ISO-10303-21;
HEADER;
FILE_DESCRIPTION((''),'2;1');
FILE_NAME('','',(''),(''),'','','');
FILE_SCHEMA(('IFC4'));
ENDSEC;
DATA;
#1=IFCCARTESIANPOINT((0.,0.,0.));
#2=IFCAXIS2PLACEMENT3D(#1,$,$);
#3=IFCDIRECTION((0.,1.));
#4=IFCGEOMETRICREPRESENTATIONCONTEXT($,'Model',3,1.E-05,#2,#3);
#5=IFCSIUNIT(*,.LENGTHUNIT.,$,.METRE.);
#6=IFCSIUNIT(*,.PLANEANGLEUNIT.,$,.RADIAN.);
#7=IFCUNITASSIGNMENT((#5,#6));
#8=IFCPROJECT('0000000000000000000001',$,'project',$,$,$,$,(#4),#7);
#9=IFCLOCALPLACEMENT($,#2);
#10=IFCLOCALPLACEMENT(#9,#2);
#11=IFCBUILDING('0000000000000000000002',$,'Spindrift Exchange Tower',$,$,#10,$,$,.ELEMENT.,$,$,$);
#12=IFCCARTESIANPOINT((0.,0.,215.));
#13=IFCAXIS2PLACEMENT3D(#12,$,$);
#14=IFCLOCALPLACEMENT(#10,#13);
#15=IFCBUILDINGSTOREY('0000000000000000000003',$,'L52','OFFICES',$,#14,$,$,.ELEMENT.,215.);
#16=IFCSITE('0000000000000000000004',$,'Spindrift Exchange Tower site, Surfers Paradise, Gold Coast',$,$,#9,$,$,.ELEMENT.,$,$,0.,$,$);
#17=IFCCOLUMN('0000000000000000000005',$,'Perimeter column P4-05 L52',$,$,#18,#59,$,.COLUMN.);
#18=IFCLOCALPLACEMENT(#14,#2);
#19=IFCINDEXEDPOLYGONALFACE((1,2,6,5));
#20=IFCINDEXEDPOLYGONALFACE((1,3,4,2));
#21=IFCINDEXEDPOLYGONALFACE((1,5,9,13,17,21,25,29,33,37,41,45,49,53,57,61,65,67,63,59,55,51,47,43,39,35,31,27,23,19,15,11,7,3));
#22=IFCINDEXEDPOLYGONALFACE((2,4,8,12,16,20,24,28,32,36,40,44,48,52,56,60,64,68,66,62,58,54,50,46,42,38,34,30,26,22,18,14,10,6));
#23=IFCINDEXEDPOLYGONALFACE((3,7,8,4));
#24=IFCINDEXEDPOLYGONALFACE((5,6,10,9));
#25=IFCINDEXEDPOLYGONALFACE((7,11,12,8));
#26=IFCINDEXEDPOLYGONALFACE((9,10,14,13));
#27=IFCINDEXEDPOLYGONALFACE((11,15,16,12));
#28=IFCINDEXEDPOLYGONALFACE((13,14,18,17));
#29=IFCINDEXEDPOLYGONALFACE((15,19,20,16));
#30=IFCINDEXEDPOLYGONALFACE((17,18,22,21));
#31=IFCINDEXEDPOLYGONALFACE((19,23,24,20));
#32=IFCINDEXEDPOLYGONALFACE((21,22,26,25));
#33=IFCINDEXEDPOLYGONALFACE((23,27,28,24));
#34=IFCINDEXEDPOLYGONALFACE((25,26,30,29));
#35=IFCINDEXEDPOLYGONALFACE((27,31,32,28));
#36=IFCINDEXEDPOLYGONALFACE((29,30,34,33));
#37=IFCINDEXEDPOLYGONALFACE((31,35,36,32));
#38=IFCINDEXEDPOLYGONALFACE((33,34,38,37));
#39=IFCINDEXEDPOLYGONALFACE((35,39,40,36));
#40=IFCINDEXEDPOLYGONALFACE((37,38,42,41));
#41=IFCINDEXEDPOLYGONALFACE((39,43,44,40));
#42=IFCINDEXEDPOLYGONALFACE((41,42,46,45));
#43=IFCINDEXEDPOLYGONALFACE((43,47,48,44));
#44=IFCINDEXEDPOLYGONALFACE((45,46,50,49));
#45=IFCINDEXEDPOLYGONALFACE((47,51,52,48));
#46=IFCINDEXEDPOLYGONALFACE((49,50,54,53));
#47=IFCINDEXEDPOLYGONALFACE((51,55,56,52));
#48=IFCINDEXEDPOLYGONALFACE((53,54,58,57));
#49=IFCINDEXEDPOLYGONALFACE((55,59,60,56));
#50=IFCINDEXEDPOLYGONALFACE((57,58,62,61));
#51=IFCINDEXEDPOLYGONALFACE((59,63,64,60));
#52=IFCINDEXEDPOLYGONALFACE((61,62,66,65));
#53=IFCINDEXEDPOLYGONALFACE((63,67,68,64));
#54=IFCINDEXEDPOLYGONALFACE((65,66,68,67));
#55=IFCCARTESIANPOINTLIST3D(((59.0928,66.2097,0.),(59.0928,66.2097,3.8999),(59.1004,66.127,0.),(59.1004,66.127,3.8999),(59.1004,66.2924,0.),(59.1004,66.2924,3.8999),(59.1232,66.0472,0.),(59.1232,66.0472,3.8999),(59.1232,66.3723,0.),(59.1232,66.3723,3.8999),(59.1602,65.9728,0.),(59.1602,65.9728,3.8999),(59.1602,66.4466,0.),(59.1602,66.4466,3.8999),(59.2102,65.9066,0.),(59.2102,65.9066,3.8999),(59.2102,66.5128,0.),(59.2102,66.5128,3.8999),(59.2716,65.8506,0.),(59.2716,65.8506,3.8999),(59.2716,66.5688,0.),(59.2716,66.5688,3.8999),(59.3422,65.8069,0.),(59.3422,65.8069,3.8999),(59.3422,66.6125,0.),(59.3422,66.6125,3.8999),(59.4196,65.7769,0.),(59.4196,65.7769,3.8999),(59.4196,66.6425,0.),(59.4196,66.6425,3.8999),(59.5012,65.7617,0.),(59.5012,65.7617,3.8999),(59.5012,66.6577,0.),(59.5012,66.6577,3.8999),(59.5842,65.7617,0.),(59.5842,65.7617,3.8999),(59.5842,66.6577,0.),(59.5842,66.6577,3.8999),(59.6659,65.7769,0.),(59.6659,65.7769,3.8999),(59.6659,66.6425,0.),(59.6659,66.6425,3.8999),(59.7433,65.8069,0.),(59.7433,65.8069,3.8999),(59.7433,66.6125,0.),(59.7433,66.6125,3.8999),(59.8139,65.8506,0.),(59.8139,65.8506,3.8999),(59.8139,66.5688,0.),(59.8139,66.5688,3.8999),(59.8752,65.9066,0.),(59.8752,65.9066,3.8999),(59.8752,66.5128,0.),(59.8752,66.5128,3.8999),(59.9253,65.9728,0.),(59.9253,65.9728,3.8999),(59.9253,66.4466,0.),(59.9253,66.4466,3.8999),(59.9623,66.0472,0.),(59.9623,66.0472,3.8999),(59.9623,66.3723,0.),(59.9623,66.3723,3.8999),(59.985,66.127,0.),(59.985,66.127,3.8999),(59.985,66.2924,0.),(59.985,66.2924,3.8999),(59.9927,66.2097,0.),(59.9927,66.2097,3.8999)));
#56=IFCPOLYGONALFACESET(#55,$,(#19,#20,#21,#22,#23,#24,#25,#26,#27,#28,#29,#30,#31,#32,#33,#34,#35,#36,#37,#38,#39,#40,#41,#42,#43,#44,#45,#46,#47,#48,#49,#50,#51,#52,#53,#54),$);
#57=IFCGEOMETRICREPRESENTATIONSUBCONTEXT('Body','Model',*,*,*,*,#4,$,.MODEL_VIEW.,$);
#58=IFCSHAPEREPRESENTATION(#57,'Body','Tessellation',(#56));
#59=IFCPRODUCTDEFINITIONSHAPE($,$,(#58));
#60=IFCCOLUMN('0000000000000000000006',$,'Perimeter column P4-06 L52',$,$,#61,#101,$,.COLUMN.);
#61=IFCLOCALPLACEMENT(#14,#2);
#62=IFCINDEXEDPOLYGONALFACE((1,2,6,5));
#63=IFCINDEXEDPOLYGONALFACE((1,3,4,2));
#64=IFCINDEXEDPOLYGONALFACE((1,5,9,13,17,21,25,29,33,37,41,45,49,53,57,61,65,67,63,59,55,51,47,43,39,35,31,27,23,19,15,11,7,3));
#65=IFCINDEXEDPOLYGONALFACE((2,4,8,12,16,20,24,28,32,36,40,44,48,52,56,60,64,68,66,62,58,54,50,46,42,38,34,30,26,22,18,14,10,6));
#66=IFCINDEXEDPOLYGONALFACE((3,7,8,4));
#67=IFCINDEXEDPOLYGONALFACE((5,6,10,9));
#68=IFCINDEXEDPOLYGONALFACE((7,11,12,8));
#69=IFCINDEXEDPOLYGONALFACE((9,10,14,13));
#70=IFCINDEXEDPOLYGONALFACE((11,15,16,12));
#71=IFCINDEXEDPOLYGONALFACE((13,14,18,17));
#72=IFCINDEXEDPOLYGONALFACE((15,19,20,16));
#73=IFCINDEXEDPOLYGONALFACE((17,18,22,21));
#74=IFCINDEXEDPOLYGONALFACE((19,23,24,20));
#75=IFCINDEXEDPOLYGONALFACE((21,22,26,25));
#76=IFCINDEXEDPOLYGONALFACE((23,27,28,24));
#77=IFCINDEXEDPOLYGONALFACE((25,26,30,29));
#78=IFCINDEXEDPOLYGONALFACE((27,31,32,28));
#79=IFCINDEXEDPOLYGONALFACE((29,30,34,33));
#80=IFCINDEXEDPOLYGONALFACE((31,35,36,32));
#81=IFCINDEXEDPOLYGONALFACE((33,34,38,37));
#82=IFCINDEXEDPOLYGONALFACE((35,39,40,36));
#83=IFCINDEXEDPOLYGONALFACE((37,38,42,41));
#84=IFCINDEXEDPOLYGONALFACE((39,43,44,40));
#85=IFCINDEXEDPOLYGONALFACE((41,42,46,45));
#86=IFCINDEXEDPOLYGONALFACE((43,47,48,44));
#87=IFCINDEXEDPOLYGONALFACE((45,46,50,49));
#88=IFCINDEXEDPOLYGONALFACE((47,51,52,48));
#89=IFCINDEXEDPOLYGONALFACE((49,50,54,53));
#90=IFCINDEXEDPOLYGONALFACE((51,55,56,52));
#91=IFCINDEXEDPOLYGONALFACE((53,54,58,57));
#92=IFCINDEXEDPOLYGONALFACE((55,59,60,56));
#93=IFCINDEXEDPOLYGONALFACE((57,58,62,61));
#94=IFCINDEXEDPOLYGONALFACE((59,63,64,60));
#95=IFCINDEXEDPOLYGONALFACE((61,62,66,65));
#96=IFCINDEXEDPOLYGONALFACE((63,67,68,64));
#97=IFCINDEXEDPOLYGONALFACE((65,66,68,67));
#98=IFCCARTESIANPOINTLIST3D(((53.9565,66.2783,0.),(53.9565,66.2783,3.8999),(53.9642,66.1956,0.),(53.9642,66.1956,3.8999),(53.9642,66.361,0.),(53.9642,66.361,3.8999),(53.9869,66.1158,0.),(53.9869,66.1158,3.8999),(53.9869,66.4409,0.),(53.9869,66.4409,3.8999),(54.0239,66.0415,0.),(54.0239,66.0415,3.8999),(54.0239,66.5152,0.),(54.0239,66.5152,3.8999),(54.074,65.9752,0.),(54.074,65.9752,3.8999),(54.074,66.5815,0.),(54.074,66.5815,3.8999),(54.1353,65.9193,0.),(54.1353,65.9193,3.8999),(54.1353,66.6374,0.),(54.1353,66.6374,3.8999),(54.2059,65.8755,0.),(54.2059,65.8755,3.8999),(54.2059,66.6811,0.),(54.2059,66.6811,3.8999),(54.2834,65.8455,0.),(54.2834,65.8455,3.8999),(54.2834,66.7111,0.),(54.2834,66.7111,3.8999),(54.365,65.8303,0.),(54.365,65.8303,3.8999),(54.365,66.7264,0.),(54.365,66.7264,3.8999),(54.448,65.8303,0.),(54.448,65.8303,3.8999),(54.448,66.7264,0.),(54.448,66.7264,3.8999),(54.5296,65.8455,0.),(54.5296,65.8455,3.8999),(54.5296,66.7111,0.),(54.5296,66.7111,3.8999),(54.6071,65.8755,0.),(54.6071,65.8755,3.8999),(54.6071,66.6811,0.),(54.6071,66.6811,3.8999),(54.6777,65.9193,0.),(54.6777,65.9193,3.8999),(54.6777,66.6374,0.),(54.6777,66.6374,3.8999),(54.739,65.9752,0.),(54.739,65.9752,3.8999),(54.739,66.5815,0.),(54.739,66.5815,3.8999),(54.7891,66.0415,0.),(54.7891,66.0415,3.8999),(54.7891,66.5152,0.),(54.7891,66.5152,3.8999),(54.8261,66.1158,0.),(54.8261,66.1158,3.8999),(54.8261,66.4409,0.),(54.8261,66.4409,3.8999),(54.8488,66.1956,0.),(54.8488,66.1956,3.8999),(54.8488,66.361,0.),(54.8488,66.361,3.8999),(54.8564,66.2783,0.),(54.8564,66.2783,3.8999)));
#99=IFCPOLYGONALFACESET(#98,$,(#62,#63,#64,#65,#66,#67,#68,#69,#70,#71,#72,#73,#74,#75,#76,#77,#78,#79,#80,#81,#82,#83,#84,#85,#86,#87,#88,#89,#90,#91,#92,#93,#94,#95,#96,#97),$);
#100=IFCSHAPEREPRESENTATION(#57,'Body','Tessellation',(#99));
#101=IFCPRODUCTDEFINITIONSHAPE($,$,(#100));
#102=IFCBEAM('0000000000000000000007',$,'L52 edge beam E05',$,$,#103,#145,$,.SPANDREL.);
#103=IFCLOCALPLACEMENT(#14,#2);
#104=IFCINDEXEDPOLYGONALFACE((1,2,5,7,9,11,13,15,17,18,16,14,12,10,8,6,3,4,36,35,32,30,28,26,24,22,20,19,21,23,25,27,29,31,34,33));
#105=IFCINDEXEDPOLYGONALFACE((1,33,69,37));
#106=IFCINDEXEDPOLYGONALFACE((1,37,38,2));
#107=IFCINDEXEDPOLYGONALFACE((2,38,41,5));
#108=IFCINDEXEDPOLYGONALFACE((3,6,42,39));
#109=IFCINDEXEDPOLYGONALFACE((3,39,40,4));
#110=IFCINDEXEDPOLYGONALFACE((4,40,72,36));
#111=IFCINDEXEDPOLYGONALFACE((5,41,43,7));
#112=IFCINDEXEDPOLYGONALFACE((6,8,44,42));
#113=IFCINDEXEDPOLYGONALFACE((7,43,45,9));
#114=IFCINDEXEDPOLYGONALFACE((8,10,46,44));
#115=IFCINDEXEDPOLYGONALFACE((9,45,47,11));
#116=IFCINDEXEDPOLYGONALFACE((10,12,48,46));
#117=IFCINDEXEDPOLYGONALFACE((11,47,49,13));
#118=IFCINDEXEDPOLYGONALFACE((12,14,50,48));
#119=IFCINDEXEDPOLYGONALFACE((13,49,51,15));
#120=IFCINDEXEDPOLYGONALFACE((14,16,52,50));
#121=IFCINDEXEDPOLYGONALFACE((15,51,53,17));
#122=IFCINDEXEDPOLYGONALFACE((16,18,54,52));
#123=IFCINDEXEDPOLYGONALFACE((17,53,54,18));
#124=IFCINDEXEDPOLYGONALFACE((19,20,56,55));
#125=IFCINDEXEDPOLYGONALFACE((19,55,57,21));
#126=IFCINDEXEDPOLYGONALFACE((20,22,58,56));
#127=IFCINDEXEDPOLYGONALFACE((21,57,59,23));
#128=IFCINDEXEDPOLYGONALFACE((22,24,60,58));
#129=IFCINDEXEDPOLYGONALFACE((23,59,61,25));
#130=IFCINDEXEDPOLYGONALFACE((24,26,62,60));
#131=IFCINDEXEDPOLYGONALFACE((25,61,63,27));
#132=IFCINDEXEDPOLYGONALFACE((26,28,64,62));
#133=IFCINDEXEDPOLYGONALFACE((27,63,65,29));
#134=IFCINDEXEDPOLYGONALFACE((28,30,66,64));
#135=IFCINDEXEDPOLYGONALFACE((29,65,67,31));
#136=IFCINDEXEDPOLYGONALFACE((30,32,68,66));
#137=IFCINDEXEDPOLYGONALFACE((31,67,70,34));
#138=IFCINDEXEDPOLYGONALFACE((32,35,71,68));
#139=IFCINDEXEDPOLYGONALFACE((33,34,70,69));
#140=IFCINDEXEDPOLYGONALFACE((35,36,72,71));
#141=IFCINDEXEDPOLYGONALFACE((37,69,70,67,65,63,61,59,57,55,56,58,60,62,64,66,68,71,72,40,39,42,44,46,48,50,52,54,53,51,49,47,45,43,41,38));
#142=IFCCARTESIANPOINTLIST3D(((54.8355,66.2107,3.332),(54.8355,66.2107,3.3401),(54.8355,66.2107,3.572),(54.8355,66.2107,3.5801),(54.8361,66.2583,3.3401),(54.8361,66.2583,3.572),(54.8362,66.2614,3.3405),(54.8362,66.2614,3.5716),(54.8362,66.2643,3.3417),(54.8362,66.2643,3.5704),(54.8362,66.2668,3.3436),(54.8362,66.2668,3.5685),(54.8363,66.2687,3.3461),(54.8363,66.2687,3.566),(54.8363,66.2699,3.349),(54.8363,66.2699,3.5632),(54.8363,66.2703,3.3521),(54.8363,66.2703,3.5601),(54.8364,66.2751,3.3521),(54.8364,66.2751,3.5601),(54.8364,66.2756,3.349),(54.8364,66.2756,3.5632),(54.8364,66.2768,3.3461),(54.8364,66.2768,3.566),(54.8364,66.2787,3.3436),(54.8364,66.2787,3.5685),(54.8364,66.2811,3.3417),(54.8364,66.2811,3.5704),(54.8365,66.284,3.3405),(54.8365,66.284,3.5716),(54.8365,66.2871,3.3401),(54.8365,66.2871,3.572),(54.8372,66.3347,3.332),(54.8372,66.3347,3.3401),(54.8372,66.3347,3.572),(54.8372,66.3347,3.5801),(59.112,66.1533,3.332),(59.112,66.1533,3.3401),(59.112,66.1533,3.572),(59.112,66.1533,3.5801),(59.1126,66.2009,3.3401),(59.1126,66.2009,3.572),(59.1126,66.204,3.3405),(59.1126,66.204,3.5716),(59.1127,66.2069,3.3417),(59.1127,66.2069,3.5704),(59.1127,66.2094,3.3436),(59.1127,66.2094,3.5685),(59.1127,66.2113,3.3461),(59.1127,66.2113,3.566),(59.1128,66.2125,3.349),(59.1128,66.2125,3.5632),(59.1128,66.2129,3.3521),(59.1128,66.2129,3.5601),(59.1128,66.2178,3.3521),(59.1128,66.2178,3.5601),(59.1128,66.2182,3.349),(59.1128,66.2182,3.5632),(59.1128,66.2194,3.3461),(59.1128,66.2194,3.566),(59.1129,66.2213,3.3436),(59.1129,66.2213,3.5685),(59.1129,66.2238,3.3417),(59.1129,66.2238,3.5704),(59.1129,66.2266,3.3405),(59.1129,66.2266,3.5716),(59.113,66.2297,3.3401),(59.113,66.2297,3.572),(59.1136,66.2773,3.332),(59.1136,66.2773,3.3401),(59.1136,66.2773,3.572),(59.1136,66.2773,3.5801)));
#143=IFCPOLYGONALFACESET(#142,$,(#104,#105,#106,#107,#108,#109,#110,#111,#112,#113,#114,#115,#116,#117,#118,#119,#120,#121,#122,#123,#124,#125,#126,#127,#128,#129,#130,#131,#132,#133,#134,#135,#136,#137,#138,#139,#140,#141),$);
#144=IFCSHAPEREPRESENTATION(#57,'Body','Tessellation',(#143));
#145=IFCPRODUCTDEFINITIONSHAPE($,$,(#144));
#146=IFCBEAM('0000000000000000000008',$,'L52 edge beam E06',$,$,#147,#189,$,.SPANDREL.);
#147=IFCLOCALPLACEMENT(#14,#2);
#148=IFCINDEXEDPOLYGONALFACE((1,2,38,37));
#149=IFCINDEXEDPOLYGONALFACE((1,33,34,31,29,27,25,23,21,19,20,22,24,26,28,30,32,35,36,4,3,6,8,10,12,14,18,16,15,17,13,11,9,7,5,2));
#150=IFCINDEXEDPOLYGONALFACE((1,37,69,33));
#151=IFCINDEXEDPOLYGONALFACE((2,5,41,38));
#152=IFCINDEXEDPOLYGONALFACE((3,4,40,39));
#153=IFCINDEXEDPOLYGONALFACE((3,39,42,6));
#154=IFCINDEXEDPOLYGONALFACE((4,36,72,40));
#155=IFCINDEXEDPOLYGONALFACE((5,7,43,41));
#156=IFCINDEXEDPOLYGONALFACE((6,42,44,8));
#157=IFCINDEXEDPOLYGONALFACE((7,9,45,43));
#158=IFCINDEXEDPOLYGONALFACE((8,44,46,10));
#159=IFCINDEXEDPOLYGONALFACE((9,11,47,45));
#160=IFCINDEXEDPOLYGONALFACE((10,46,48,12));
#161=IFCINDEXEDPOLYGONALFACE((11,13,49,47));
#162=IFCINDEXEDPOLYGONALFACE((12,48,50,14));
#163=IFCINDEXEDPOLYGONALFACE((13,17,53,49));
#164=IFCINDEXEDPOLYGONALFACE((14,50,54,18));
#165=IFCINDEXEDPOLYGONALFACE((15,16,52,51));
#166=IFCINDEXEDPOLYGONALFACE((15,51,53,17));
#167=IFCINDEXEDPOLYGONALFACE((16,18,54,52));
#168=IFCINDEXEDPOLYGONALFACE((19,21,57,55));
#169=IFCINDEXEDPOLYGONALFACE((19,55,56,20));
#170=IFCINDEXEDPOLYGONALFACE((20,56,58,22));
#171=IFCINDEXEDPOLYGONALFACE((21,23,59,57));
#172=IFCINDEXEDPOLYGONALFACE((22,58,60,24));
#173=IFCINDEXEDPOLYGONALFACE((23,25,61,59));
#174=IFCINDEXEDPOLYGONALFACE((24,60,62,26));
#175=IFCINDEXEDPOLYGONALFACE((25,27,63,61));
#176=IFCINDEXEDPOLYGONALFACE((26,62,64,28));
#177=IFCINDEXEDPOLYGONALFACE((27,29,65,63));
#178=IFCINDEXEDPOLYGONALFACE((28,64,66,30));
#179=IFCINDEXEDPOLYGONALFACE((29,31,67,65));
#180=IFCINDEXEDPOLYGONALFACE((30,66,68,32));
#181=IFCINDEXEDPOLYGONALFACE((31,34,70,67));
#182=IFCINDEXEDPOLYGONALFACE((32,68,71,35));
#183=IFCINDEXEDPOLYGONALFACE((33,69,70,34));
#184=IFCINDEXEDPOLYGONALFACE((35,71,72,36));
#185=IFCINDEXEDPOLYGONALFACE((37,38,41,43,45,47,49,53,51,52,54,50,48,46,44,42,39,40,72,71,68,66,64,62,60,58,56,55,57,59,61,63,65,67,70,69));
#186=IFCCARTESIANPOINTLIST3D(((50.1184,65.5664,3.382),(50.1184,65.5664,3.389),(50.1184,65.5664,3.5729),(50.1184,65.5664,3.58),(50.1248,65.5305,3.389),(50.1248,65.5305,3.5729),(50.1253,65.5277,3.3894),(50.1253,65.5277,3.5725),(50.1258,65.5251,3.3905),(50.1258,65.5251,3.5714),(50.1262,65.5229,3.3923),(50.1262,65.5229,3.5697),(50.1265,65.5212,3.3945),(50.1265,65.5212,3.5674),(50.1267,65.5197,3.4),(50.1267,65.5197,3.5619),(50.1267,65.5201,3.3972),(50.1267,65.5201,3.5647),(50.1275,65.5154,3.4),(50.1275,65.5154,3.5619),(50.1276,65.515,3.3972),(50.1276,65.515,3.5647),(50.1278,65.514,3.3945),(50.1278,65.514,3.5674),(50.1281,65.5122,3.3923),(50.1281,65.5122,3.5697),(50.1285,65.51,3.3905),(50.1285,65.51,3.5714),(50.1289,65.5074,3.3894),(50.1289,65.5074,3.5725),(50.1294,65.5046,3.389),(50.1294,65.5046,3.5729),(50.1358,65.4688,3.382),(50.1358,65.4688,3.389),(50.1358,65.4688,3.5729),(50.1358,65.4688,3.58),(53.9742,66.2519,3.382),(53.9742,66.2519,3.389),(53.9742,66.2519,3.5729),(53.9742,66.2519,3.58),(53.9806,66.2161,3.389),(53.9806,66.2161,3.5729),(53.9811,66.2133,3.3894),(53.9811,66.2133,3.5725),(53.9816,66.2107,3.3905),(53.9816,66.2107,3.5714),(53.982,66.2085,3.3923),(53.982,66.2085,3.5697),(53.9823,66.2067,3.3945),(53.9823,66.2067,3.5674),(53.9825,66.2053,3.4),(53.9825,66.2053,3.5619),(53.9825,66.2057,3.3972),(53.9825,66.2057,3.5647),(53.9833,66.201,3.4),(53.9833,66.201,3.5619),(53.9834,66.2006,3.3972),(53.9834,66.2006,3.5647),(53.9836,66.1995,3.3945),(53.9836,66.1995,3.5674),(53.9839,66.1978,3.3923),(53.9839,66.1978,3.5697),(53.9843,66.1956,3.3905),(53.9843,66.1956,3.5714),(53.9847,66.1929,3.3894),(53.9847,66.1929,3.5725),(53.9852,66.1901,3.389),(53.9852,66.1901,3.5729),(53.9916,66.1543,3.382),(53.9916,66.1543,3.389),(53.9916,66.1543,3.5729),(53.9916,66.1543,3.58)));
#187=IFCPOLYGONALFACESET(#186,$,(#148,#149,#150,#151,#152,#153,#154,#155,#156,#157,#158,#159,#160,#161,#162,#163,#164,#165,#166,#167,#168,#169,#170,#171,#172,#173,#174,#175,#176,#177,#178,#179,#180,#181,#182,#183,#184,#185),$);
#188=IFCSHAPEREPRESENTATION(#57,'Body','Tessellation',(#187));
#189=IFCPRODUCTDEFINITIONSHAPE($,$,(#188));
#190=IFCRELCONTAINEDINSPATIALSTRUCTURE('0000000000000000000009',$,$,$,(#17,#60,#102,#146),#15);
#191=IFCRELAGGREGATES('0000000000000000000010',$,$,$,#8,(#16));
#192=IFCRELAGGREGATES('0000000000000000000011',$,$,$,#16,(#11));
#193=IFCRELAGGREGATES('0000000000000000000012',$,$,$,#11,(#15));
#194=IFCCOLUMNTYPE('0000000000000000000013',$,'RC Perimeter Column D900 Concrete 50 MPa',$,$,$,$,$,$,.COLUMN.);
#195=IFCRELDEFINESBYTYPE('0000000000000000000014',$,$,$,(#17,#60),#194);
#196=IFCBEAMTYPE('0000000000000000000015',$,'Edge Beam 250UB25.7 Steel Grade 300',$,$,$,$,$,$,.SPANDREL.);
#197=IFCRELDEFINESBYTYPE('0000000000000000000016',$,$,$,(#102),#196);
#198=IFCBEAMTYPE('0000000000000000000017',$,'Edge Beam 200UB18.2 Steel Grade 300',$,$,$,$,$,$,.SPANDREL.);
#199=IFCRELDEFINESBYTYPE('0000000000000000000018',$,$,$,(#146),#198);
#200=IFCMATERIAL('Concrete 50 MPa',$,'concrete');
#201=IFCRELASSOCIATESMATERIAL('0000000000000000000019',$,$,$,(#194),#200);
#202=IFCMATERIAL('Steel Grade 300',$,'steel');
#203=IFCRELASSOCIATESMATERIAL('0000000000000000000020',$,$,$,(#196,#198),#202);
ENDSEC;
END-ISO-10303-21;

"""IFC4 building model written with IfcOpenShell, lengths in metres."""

from ifc_helpers import new_model, si_unit, direction, frame, origin, origin_2d, place, context, subcontext, project, spatial, circle, i_section, extrude, source, transform, mapped, material, material_profile, profile_set, type_object, element, save


model = new_model("IFC4")

# Units and contexts
model_context = context("Model", 3, precision=1e-05, world=origin(), true_north=direction((0.0, 1.0)))
body_context = subcontext(model_context, "Body", "Model", "MODEL_VIEW")
ifc_project = project(units=[si_unit("LENGTHUNIT", "METRE"), si_unit("PLANEANGLEUNIT", "RADIAN")], contexts=[model_context])

# Site, building, storey
site_placement = place(None, origin())
site = spatial("IfcSite", under=ifc_project, at=site_placement, Name="Spindrift Exchange Tower site, Surfers Paradise, Gold Coast", CompositionType="ELEMENT", RefElevation=0.0)
building_placement = place(site_placement, origin())
building = spatial("IfcBuilding", under=site, at=building_placement, Name="Spindrift Exchange Tower", CompositionType="ELEMENT")
storey_placement = place(building_placement, frame((0.0, 0.0, 215.0)))
storey = spatial("IfcBuildingStorey", under=building, at=storey_placement, Name="L52", Description="OFFICES", CompositionType="ELEMENT", Elevation=215.0)

# Columns
ifc_material_1 = material(Name="Concrete 50 MPa", Category="concrete")
ifc_material_profile_1 = material_profile(ifc_material_1, circle(Radius=0.45, at=origin_2d()), Name="RC D900")
ifc_profile_set_1 = profile_set([ifc_material_profile_1], Name="Concrete 50 MPa")
column_type = type_object("IfcColumnType", Name="RC Perimeter Column D900 Concrete 50 MPa", PredefinedType="COLUMN", material=ifc_profile_set_1)
shared_shape_1 = source(origin(), body_context, "Body", "SweptSolid", [
    extrude(circle(Radius=0.45, at=origin_2d()), origin(), (0.0, 0.0, 1.0), 3.8999),
])
for number, where, z_axis, x_axis, name in (
    (1, (59.5427, 66.2097, 0.0), (0.0, 0.0, 1.0), (1.0, 0.0, 0.0), "Perimeter column P4-05 L52"),
    (2, (54.4065, 66.2783, 0.0), (0.0, 0.0, 1.0), (1.0, 0.0, 0.0), "Perimeter column P4-06 L52"),
):
    element("IfcColumn", number, at=place(storey_placement, frame(where, z_axis=z_axis, x_axis=x_axis)), inside=storey, type_object=column_type, Name=name, PredefinedType="COLUMN", context=body_context, shape_type="MappedRepresentation", body=[
        mapped(shared_shape_1, transform((0.0, 0.0, 0.0), scale=1.0)),
    ])

# Beams
ifc_material_2 = material(Name="Steel Grade 300", Category="steel")
ifc_material_profile_2 = material_profile(ifc_material_2, i_section(OverallWidth=0.124, OverallDepth=0.248, WebThickness=0.0049, FlangeThickness=0.0081, FilletRadius=0.012, at=origin_2d()), Name="250UB25.7")
ifc_profile_set_2 = profile_set([ifc_material_profile_2], Name="Steel Grade 300")
beam_type_1 = type_object("IfcBeamType", Name="Edge Beam 250UB25.7 Steel Grade 300", PredefinedType="SPANDREL", material=ifc_profile_set_2)
shared_shape_2 = source(origin(), body_context, "Body", "SweptSolid", [
    extrude(i_section(OverallWidth=0.124, OverallDepth=0.248, WebThickness=0.0049, FlangeThickness=0.0081, FilletRadius=0.012, at=origin_2d()), origin(), (0.0, 0.0, 1.0), 4.2769),
])
beam_1_placement = place(storey_placement, frame((59.1128, 66.2153, 3.4561), z_axis=(-0.99991, 0.013415, 0.0), x_axis=(-0.013415, -0.99991, 0.0)))
element("IfcBeam", 3, at=beam_1_placement, inside=storey, type_object=beam_type_1, Name="L52 edge beam E05", PredefinedType="SPANDREL", context=body_context, shape_type="MappedRepresentation", body=[
    mapped(shared_shape_2, transform((0.0, 0.0, 0.0), scale=1.0)),
])
ifc_material_profile_3 = material_profile(ifc_material_2, i_section(OverallWidth=0.0991, OverallDepth=0.198, WebThickness=0.0044, FlangeThickness=0.0071, FilletRadius=0.011, at=origin_2d()), Name="200UB18.2")
ifc_profile_set_3 = profile_set([ifc_material_profile_3], Name="Steel Grade 300")
beam_type_2 = type_object("IfcBeamType", Name="Edge Beam 200UB18.2 Steel Grade 300", PredefinedType="SPANDREL", material=ifc_profile_set_3)
shared_shape_3 = source(origin(), body_context, "Body", "SweptSolid", [
    extrude(i_section(OverallWidth=0.0991, OverallDepth=0.198, WebThickness=0.0044, FlangeThickness=0.0071, FilletRadius=0.011, at=origin_2d()), origin(), (0.0, 0.0, 1.0), 3.9163),
])
beam_2_placement = place(storey_placement, frame((53.9829, 66.2031, 3.481), z_axis=(-0.984559, -0.175055, 0.0), x_axis=(0.175055, -0.984559, 0.0)))
element("IfcBeam", 4, at=beam_2_placement, inside=storey, type_object=beam_type_2, Name="L52 edge beam E06", PredefinedType="SPANDREL", context=body_context, shape_type="MappedRepresentation", body=[
    mapped(shared_shape_3, transform((0.0, 0.0, 0.0), scale=1.0)),
])

save(model, "model.ifc")
